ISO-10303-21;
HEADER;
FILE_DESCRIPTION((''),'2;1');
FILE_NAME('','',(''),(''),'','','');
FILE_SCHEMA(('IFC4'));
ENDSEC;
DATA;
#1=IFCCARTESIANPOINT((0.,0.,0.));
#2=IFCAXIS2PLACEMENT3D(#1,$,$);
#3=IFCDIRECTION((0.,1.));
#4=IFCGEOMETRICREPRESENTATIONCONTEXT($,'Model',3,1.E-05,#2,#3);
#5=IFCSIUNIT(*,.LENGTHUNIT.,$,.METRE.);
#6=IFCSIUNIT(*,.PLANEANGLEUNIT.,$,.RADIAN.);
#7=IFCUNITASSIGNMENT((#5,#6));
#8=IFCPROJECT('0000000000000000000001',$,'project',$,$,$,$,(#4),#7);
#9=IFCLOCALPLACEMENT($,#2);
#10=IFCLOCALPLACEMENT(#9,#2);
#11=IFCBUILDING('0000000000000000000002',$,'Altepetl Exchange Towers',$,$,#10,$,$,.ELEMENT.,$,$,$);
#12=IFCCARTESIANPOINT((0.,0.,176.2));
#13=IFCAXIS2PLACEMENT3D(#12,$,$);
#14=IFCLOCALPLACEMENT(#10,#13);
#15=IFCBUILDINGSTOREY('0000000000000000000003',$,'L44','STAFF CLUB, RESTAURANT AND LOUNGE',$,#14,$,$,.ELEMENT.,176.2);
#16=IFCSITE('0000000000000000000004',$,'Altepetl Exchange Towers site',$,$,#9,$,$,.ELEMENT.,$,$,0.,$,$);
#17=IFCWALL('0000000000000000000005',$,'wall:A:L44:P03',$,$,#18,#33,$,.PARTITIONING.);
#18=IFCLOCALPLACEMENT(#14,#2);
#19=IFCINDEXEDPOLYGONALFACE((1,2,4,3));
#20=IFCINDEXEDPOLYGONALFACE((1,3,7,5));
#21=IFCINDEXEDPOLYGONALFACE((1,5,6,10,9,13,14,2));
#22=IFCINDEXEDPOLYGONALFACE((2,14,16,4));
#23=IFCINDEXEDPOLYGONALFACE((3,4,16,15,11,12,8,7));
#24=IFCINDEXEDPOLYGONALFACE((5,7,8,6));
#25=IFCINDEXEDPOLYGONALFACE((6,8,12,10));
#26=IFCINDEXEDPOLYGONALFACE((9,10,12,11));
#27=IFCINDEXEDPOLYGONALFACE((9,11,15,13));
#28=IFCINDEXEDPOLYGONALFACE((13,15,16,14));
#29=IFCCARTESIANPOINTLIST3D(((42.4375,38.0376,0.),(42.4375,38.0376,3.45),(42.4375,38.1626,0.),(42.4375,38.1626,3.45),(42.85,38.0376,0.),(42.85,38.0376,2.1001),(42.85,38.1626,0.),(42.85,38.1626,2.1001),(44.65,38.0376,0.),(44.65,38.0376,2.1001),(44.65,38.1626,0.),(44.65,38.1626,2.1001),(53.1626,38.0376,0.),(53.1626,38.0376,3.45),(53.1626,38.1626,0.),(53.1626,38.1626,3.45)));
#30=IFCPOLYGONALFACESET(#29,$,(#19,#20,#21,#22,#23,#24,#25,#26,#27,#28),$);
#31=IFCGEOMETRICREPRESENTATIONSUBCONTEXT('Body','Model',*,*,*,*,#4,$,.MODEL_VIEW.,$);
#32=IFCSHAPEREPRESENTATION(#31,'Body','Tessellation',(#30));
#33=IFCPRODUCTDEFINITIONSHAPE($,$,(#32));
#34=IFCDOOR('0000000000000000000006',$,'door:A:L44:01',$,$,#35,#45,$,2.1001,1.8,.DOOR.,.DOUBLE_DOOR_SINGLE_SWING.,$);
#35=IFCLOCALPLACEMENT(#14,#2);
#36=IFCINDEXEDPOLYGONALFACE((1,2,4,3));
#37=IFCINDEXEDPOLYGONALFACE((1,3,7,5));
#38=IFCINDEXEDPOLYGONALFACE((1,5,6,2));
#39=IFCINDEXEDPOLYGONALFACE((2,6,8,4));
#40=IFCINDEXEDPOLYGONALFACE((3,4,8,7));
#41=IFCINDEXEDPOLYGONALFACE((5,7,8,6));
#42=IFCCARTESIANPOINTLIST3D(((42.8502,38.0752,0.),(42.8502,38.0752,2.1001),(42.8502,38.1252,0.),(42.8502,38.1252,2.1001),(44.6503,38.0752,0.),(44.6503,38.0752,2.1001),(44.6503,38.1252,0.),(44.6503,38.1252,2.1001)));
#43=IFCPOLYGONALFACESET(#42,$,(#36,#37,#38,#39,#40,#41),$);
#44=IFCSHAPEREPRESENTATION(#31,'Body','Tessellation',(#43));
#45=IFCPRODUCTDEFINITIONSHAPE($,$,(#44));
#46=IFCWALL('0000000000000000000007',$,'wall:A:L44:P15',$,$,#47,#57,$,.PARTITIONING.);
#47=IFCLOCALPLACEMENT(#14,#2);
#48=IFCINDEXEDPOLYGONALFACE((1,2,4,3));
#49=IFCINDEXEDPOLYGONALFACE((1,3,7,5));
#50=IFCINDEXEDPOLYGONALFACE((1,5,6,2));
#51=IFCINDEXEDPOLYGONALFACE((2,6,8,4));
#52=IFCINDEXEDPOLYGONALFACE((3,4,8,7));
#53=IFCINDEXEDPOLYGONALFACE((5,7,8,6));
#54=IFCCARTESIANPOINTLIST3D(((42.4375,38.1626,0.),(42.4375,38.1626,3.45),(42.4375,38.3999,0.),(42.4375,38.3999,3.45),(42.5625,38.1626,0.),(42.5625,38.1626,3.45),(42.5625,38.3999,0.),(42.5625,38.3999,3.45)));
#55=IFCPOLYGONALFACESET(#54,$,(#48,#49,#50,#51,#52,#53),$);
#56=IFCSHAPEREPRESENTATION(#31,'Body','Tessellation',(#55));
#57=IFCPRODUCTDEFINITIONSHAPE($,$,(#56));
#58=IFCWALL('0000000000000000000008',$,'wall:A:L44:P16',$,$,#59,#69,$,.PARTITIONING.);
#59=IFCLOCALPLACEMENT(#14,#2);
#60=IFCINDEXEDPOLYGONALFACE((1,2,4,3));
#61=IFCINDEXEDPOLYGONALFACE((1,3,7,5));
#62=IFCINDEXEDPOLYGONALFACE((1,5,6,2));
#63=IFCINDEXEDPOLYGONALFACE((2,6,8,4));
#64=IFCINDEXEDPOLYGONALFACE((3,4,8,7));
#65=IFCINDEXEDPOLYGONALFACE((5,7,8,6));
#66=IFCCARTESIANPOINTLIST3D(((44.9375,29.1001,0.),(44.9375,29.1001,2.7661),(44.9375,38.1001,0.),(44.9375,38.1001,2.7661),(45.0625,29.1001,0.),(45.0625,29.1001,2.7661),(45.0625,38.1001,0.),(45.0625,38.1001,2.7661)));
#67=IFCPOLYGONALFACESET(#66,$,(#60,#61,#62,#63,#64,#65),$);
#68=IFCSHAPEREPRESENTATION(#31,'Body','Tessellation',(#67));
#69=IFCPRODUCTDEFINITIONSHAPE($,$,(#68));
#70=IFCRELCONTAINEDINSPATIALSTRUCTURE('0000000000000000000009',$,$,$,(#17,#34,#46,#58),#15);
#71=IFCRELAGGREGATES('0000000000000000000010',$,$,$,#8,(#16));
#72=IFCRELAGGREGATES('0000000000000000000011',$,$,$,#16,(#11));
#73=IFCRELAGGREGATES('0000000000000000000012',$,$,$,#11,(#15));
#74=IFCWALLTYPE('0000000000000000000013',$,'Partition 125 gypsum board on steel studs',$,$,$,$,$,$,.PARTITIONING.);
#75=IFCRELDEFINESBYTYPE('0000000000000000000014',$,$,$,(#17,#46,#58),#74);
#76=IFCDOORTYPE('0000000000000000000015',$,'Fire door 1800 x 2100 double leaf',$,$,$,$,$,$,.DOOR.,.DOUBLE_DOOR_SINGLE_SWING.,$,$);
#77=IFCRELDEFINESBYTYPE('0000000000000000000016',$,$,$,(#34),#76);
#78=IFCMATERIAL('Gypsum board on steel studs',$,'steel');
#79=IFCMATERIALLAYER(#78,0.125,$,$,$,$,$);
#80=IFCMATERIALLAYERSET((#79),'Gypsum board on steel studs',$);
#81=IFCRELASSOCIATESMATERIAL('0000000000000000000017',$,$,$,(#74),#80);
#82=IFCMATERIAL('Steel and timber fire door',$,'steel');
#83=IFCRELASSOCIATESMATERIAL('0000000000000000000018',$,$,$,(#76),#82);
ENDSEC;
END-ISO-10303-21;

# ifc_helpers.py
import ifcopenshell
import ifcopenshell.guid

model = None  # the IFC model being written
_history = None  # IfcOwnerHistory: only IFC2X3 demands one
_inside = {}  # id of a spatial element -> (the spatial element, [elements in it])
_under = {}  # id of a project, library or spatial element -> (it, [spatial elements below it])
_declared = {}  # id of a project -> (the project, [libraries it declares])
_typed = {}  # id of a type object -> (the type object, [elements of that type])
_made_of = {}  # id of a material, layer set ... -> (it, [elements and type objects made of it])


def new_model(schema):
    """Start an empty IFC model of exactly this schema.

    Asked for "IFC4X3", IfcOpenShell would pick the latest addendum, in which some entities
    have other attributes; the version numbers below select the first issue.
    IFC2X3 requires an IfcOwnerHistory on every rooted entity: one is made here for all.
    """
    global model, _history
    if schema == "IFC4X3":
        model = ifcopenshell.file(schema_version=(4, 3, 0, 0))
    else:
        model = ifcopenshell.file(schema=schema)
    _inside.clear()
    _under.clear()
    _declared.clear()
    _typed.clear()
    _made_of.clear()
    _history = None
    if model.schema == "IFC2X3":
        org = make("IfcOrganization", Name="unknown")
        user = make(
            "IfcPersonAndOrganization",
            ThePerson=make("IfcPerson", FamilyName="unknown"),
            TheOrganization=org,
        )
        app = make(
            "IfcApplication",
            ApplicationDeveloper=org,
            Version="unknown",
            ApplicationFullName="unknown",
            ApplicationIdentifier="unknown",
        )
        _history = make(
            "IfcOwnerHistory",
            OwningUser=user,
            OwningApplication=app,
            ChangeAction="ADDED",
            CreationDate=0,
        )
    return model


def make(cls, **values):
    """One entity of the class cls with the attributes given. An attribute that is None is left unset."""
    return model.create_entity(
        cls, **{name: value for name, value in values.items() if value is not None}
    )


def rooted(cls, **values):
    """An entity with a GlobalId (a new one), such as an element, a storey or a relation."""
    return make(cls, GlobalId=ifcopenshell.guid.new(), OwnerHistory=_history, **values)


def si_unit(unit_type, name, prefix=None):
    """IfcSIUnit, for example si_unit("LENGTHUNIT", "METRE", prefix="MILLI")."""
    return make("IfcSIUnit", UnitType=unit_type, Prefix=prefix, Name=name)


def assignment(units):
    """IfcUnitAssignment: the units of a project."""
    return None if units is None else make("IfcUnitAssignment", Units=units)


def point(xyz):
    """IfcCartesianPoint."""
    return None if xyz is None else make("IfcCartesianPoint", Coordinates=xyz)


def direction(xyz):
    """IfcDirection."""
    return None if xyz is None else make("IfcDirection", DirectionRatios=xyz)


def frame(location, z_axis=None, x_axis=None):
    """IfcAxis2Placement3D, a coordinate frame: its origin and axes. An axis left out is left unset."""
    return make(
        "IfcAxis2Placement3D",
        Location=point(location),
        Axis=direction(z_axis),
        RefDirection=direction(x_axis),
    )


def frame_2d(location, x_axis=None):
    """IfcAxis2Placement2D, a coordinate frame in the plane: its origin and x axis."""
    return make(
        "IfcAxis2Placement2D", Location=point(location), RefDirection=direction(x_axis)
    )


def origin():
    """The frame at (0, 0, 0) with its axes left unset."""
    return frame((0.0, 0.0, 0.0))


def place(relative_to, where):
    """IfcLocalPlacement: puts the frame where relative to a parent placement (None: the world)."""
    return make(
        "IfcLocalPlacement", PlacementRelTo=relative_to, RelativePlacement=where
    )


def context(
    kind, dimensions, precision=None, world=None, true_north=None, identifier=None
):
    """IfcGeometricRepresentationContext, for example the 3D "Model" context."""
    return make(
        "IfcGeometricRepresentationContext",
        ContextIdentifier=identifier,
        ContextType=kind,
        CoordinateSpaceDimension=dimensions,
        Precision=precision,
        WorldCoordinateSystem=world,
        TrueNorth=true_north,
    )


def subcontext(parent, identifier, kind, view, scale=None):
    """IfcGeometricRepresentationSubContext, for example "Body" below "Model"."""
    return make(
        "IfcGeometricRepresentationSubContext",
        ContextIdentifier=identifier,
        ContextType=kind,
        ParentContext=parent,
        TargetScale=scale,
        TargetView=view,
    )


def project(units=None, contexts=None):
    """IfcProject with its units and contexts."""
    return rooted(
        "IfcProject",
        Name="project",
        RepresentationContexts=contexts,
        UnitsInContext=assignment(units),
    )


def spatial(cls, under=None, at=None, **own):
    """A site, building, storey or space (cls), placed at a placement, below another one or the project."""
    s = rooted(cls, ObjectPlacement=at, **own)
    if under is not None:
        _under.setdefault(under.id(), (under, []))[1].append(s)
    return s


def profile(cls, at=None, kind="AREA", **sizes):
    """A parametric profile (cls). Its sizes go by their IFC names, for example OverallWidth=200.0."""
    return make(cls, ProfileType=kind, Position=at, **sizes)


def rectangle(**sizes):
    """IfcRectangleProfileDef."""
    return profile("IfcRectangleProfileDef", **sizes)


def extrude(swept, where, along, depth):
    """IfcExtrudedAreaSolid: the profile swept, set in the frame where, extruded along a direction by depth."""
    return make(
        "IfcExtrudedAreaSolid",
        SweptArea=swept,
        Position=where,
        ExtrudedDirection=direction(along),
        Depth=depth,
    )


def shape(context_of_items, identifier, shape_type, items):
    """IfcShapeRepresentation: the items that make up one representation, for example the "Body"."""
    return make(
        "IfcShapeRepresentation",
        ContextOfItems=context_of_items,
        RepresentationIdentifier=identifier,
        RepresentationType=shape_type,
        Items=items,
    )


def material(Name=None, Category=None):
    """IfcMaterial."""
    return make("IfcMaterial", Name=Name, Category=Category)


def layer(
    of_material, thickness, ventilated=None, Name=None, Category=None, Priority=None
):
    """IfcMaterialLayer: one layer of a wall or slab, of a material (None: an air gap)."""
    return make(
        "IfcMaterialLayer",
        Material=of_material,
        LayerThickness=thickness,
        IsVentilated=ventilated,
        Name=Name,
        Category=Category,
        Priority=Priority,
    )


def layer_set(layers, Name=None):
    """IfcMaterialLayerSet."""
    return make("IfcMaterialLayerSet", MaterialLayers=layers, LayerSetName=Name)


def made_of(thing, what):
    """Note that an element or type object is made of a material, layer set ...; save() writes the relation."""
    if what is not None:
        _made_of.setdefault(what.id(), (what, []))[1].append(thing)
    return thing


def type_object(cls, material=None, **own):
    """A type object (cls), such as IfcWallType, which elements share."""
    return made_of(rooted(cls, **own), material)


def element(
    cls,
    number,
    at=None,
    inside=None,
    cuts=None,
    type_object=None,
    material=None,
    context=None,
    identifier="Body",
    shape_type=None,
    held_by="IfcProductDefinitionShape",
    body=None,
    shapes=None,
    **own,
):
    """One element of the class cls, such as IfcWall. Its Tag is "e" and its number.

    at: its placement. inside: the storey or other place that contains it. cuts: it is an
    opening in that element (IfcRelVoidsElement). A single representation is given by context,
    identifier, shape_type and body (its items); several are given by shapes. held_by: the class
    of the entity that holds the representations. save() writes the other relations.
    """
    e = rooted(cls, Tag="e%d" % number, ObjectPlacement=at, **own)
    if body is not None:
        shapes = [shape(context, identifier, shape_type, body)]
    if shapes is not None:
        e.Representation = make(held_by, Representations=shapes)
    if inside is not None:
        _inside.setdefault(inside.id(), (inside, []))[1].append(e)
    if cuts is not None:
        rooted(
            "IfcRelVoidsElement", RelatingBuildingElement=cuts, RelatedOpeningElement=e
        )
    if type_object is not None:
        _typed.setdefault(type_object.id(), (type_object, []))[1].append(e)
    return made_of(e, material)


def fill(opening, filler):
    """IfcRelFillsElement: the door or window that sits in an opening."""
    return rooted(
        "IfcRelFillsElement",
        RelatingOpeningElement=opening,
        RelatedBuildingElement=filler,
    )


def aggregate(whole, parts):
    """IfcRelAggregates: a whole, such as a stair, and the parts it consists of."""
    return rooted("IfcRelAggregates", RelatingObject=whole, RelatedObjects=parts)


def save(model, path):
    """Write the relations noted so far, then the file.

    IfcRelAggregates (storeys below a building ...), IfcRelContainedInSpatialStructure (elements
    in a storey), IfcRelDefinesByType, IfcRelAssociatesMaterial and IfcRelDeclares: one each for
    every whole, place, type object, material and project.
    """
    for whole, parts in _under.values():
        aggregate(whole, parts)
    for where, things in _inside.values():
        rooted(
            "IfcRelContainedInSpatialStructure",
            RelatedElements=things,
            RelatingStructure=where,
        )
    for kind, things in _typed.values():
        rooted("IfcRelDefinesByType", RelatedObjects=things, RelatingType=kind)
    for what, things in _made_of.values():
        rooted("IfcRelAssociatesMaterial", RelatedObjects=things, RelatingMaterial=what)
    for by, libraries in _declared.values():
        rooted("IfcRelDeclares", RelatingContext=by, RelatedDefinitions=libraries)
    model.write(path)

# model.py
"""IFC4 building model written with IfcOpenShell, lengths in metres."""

from ifc_helpers import new_model, si_unit, direction, frame, frame_2d, origin, place, context, subcontext, project, spatial, rectangle, extrude, material, layer, layer_set, type_object, element, fill, save


model = new_model("IFC4")

# Units and contexts
model_context = context("Model", 3, precision=1e-05, world=origin(), true_north=direction((0.0, 1.0)))
body_context = subcontext(model_context, "Body", "Model", "MODEL_VIEW")
ifc_project = project(units=[si_unit("LENGTHUNIT", "METRE"), si_unit("PLANEANGLEUNIT", "RADIAN")], contexts=[model_context])

# Site, building, storey
site_placement = place(None, origin())
site = spatial("IfcSite", under=ifc_project, at=site_placement, Name="Altepetl Exchange Towers site", CompositionType="ELEMENT", RefElevation=0.0)
building_placement = place(site_placement, origin())
building = spatial("IfcBuilding", under=site, at=building_placement, Name="Altepetl Exchange Towers", CompositionType="ELEMENT")
storey_placement = place(building_placement, frame((0.0, 0.0, 176.2)))
storey = spatial("IfcBuildingStorey", under=building, at=storey_placement, Name="L44", Description="STAFF CLUB, RESTAURANT AND LOUNGE", CompositionType="ELEMENT", Elevation=176.2)

# Wall, opening, door
ifc_material_1 = material(Name="Gypsum board on steel studs", Category="steel")
ifc_layer_1 = layer(ifc_material_1, 0.125)
ifc_layer_set_1 = layer_set([ifc_layer_1], Name="Gypsum board on steel studs")
wall_type_1 = type_object("IfcWallType", Name="Partition 125 gypsum board on steel studs", PredefinedType="PARTITIONING", material=ifc_layer_set_1)
wall_1_placement = place(storey_placement, frame((42.4375, 38.1001, 0.0)))
wall_1 = element("IfcWall", 1, at=wall_1_placement, inside=storey, type_object=wall_type_1, Name="wall:A:L44:P03", PredefinedType="PARTITIONING", context=body_context, shape_type="SweptSolid", body=[
    extrude(rectangle(XDim=10.7251, YDim=0.125, at=frame_2d((5.3625, 0.0))), origin(), (0.0, 0.0, 1.0), 3.45),
])
opening_1_placement = place(wall_1_placement, frame((0.4126, 0.0, 0.0)))
opening_1 = element("IfcOpeningElement", 2, at=opening_1_placement, cuts=wall_1, PredefinedType="OPENING", context=body_context, shape_type="SweptSolid", body=[
    extrude(rectangle(XDim=1.8, YDim=2.1001, at=frame_2d((0.8999, 1.05))), frame((0.0, 0.0725, 0.0), z_axis=(0.0, -1.0, 0.0), x_axis=(1.0, 0.0, 0.0)), (0.0, 0.0, 1.0), 0.145),
])
ifc_material_2 = material(Name="Steel and timber fire door", Category="steel")
door_type_1 = type_object("IfcDoorType", Name="Fire door 1800 x 2100 double leaf", OperationType="DOUBLE_DOOR_SINGLE_SWING", PredefinedType="DOOR", material=ifc_material_2)
door_1_placement = place(opening_1_placement, frame((1.8, 0.0, 0.0), x_axis=(-1.0, 0.0, 0.0)))
door_1 = element("IfcDoor", 3, at=door_1_placement, inside=storey, type_object=door_type_1, Name="door:A:L44:01", OperationType="DOUBLE_DOOR_SINGLE_SWING", OverallHeight=2.1001, OverallWidth=1.8, PredefinedType="DOOR", context=body_context, shape_type="SweptSolid", body=[
    extrude(rectangle(XDim=1.8, YDim=2.1001, at=frame_2d((0.8999, 1.05))), frame((0.0, 0.0249, 0.0), z_axis=(0.0, -1.0, 0.0), x_axis=(1.0, 0.0, 0.0)), (0.0, 0.0, 1.0), 0.05),
])
fill(opening_1, door_1)

# Walls
wall_2_placement = place(storey_placement, frame((42.5, 38.1626, 0.0), z_axis=(0.0, 0.0, 1.0), x_axis=(0.0, 1.0, 0.0)))
element("IfcWall", 4, at=wall_2_placement, inside=storey, type_object=wall_type_1, Name="wall:A:L44:P15", PredefinedType="PARTITIONING", context=body_context, shape_type="SweptSolid", body=[
    extrude(rectangle(XDim=0.2373, YDim=0.125, at=frame_2d((0.1187, 0.0))), origin(), (0.0, 0.0, 1.0), 3.45),
])
wall_3_placement = place(storey_placement, frame((45.0, 29.1001, 0.0), z_axis=(0.0, 0.0, 1.0), x_axis=(0.0, 1.0, 0.0)))
element("IfcWall", 5, at=wall_3_placement, inside=storey, type_object=wall_type_1, Name="wall:A:L44:P16", PredefinedType="PARTITIONING", context=body_context, shape_type="SweptSolid", body=[
    extrude(rectangle(XDim=9.0, YDim=0.125, at=frame_2d((4.5, 0.0))), origin(), (0.0, 0.0, 1.0), 2.7661),
])

save(model, "model.ifc")
